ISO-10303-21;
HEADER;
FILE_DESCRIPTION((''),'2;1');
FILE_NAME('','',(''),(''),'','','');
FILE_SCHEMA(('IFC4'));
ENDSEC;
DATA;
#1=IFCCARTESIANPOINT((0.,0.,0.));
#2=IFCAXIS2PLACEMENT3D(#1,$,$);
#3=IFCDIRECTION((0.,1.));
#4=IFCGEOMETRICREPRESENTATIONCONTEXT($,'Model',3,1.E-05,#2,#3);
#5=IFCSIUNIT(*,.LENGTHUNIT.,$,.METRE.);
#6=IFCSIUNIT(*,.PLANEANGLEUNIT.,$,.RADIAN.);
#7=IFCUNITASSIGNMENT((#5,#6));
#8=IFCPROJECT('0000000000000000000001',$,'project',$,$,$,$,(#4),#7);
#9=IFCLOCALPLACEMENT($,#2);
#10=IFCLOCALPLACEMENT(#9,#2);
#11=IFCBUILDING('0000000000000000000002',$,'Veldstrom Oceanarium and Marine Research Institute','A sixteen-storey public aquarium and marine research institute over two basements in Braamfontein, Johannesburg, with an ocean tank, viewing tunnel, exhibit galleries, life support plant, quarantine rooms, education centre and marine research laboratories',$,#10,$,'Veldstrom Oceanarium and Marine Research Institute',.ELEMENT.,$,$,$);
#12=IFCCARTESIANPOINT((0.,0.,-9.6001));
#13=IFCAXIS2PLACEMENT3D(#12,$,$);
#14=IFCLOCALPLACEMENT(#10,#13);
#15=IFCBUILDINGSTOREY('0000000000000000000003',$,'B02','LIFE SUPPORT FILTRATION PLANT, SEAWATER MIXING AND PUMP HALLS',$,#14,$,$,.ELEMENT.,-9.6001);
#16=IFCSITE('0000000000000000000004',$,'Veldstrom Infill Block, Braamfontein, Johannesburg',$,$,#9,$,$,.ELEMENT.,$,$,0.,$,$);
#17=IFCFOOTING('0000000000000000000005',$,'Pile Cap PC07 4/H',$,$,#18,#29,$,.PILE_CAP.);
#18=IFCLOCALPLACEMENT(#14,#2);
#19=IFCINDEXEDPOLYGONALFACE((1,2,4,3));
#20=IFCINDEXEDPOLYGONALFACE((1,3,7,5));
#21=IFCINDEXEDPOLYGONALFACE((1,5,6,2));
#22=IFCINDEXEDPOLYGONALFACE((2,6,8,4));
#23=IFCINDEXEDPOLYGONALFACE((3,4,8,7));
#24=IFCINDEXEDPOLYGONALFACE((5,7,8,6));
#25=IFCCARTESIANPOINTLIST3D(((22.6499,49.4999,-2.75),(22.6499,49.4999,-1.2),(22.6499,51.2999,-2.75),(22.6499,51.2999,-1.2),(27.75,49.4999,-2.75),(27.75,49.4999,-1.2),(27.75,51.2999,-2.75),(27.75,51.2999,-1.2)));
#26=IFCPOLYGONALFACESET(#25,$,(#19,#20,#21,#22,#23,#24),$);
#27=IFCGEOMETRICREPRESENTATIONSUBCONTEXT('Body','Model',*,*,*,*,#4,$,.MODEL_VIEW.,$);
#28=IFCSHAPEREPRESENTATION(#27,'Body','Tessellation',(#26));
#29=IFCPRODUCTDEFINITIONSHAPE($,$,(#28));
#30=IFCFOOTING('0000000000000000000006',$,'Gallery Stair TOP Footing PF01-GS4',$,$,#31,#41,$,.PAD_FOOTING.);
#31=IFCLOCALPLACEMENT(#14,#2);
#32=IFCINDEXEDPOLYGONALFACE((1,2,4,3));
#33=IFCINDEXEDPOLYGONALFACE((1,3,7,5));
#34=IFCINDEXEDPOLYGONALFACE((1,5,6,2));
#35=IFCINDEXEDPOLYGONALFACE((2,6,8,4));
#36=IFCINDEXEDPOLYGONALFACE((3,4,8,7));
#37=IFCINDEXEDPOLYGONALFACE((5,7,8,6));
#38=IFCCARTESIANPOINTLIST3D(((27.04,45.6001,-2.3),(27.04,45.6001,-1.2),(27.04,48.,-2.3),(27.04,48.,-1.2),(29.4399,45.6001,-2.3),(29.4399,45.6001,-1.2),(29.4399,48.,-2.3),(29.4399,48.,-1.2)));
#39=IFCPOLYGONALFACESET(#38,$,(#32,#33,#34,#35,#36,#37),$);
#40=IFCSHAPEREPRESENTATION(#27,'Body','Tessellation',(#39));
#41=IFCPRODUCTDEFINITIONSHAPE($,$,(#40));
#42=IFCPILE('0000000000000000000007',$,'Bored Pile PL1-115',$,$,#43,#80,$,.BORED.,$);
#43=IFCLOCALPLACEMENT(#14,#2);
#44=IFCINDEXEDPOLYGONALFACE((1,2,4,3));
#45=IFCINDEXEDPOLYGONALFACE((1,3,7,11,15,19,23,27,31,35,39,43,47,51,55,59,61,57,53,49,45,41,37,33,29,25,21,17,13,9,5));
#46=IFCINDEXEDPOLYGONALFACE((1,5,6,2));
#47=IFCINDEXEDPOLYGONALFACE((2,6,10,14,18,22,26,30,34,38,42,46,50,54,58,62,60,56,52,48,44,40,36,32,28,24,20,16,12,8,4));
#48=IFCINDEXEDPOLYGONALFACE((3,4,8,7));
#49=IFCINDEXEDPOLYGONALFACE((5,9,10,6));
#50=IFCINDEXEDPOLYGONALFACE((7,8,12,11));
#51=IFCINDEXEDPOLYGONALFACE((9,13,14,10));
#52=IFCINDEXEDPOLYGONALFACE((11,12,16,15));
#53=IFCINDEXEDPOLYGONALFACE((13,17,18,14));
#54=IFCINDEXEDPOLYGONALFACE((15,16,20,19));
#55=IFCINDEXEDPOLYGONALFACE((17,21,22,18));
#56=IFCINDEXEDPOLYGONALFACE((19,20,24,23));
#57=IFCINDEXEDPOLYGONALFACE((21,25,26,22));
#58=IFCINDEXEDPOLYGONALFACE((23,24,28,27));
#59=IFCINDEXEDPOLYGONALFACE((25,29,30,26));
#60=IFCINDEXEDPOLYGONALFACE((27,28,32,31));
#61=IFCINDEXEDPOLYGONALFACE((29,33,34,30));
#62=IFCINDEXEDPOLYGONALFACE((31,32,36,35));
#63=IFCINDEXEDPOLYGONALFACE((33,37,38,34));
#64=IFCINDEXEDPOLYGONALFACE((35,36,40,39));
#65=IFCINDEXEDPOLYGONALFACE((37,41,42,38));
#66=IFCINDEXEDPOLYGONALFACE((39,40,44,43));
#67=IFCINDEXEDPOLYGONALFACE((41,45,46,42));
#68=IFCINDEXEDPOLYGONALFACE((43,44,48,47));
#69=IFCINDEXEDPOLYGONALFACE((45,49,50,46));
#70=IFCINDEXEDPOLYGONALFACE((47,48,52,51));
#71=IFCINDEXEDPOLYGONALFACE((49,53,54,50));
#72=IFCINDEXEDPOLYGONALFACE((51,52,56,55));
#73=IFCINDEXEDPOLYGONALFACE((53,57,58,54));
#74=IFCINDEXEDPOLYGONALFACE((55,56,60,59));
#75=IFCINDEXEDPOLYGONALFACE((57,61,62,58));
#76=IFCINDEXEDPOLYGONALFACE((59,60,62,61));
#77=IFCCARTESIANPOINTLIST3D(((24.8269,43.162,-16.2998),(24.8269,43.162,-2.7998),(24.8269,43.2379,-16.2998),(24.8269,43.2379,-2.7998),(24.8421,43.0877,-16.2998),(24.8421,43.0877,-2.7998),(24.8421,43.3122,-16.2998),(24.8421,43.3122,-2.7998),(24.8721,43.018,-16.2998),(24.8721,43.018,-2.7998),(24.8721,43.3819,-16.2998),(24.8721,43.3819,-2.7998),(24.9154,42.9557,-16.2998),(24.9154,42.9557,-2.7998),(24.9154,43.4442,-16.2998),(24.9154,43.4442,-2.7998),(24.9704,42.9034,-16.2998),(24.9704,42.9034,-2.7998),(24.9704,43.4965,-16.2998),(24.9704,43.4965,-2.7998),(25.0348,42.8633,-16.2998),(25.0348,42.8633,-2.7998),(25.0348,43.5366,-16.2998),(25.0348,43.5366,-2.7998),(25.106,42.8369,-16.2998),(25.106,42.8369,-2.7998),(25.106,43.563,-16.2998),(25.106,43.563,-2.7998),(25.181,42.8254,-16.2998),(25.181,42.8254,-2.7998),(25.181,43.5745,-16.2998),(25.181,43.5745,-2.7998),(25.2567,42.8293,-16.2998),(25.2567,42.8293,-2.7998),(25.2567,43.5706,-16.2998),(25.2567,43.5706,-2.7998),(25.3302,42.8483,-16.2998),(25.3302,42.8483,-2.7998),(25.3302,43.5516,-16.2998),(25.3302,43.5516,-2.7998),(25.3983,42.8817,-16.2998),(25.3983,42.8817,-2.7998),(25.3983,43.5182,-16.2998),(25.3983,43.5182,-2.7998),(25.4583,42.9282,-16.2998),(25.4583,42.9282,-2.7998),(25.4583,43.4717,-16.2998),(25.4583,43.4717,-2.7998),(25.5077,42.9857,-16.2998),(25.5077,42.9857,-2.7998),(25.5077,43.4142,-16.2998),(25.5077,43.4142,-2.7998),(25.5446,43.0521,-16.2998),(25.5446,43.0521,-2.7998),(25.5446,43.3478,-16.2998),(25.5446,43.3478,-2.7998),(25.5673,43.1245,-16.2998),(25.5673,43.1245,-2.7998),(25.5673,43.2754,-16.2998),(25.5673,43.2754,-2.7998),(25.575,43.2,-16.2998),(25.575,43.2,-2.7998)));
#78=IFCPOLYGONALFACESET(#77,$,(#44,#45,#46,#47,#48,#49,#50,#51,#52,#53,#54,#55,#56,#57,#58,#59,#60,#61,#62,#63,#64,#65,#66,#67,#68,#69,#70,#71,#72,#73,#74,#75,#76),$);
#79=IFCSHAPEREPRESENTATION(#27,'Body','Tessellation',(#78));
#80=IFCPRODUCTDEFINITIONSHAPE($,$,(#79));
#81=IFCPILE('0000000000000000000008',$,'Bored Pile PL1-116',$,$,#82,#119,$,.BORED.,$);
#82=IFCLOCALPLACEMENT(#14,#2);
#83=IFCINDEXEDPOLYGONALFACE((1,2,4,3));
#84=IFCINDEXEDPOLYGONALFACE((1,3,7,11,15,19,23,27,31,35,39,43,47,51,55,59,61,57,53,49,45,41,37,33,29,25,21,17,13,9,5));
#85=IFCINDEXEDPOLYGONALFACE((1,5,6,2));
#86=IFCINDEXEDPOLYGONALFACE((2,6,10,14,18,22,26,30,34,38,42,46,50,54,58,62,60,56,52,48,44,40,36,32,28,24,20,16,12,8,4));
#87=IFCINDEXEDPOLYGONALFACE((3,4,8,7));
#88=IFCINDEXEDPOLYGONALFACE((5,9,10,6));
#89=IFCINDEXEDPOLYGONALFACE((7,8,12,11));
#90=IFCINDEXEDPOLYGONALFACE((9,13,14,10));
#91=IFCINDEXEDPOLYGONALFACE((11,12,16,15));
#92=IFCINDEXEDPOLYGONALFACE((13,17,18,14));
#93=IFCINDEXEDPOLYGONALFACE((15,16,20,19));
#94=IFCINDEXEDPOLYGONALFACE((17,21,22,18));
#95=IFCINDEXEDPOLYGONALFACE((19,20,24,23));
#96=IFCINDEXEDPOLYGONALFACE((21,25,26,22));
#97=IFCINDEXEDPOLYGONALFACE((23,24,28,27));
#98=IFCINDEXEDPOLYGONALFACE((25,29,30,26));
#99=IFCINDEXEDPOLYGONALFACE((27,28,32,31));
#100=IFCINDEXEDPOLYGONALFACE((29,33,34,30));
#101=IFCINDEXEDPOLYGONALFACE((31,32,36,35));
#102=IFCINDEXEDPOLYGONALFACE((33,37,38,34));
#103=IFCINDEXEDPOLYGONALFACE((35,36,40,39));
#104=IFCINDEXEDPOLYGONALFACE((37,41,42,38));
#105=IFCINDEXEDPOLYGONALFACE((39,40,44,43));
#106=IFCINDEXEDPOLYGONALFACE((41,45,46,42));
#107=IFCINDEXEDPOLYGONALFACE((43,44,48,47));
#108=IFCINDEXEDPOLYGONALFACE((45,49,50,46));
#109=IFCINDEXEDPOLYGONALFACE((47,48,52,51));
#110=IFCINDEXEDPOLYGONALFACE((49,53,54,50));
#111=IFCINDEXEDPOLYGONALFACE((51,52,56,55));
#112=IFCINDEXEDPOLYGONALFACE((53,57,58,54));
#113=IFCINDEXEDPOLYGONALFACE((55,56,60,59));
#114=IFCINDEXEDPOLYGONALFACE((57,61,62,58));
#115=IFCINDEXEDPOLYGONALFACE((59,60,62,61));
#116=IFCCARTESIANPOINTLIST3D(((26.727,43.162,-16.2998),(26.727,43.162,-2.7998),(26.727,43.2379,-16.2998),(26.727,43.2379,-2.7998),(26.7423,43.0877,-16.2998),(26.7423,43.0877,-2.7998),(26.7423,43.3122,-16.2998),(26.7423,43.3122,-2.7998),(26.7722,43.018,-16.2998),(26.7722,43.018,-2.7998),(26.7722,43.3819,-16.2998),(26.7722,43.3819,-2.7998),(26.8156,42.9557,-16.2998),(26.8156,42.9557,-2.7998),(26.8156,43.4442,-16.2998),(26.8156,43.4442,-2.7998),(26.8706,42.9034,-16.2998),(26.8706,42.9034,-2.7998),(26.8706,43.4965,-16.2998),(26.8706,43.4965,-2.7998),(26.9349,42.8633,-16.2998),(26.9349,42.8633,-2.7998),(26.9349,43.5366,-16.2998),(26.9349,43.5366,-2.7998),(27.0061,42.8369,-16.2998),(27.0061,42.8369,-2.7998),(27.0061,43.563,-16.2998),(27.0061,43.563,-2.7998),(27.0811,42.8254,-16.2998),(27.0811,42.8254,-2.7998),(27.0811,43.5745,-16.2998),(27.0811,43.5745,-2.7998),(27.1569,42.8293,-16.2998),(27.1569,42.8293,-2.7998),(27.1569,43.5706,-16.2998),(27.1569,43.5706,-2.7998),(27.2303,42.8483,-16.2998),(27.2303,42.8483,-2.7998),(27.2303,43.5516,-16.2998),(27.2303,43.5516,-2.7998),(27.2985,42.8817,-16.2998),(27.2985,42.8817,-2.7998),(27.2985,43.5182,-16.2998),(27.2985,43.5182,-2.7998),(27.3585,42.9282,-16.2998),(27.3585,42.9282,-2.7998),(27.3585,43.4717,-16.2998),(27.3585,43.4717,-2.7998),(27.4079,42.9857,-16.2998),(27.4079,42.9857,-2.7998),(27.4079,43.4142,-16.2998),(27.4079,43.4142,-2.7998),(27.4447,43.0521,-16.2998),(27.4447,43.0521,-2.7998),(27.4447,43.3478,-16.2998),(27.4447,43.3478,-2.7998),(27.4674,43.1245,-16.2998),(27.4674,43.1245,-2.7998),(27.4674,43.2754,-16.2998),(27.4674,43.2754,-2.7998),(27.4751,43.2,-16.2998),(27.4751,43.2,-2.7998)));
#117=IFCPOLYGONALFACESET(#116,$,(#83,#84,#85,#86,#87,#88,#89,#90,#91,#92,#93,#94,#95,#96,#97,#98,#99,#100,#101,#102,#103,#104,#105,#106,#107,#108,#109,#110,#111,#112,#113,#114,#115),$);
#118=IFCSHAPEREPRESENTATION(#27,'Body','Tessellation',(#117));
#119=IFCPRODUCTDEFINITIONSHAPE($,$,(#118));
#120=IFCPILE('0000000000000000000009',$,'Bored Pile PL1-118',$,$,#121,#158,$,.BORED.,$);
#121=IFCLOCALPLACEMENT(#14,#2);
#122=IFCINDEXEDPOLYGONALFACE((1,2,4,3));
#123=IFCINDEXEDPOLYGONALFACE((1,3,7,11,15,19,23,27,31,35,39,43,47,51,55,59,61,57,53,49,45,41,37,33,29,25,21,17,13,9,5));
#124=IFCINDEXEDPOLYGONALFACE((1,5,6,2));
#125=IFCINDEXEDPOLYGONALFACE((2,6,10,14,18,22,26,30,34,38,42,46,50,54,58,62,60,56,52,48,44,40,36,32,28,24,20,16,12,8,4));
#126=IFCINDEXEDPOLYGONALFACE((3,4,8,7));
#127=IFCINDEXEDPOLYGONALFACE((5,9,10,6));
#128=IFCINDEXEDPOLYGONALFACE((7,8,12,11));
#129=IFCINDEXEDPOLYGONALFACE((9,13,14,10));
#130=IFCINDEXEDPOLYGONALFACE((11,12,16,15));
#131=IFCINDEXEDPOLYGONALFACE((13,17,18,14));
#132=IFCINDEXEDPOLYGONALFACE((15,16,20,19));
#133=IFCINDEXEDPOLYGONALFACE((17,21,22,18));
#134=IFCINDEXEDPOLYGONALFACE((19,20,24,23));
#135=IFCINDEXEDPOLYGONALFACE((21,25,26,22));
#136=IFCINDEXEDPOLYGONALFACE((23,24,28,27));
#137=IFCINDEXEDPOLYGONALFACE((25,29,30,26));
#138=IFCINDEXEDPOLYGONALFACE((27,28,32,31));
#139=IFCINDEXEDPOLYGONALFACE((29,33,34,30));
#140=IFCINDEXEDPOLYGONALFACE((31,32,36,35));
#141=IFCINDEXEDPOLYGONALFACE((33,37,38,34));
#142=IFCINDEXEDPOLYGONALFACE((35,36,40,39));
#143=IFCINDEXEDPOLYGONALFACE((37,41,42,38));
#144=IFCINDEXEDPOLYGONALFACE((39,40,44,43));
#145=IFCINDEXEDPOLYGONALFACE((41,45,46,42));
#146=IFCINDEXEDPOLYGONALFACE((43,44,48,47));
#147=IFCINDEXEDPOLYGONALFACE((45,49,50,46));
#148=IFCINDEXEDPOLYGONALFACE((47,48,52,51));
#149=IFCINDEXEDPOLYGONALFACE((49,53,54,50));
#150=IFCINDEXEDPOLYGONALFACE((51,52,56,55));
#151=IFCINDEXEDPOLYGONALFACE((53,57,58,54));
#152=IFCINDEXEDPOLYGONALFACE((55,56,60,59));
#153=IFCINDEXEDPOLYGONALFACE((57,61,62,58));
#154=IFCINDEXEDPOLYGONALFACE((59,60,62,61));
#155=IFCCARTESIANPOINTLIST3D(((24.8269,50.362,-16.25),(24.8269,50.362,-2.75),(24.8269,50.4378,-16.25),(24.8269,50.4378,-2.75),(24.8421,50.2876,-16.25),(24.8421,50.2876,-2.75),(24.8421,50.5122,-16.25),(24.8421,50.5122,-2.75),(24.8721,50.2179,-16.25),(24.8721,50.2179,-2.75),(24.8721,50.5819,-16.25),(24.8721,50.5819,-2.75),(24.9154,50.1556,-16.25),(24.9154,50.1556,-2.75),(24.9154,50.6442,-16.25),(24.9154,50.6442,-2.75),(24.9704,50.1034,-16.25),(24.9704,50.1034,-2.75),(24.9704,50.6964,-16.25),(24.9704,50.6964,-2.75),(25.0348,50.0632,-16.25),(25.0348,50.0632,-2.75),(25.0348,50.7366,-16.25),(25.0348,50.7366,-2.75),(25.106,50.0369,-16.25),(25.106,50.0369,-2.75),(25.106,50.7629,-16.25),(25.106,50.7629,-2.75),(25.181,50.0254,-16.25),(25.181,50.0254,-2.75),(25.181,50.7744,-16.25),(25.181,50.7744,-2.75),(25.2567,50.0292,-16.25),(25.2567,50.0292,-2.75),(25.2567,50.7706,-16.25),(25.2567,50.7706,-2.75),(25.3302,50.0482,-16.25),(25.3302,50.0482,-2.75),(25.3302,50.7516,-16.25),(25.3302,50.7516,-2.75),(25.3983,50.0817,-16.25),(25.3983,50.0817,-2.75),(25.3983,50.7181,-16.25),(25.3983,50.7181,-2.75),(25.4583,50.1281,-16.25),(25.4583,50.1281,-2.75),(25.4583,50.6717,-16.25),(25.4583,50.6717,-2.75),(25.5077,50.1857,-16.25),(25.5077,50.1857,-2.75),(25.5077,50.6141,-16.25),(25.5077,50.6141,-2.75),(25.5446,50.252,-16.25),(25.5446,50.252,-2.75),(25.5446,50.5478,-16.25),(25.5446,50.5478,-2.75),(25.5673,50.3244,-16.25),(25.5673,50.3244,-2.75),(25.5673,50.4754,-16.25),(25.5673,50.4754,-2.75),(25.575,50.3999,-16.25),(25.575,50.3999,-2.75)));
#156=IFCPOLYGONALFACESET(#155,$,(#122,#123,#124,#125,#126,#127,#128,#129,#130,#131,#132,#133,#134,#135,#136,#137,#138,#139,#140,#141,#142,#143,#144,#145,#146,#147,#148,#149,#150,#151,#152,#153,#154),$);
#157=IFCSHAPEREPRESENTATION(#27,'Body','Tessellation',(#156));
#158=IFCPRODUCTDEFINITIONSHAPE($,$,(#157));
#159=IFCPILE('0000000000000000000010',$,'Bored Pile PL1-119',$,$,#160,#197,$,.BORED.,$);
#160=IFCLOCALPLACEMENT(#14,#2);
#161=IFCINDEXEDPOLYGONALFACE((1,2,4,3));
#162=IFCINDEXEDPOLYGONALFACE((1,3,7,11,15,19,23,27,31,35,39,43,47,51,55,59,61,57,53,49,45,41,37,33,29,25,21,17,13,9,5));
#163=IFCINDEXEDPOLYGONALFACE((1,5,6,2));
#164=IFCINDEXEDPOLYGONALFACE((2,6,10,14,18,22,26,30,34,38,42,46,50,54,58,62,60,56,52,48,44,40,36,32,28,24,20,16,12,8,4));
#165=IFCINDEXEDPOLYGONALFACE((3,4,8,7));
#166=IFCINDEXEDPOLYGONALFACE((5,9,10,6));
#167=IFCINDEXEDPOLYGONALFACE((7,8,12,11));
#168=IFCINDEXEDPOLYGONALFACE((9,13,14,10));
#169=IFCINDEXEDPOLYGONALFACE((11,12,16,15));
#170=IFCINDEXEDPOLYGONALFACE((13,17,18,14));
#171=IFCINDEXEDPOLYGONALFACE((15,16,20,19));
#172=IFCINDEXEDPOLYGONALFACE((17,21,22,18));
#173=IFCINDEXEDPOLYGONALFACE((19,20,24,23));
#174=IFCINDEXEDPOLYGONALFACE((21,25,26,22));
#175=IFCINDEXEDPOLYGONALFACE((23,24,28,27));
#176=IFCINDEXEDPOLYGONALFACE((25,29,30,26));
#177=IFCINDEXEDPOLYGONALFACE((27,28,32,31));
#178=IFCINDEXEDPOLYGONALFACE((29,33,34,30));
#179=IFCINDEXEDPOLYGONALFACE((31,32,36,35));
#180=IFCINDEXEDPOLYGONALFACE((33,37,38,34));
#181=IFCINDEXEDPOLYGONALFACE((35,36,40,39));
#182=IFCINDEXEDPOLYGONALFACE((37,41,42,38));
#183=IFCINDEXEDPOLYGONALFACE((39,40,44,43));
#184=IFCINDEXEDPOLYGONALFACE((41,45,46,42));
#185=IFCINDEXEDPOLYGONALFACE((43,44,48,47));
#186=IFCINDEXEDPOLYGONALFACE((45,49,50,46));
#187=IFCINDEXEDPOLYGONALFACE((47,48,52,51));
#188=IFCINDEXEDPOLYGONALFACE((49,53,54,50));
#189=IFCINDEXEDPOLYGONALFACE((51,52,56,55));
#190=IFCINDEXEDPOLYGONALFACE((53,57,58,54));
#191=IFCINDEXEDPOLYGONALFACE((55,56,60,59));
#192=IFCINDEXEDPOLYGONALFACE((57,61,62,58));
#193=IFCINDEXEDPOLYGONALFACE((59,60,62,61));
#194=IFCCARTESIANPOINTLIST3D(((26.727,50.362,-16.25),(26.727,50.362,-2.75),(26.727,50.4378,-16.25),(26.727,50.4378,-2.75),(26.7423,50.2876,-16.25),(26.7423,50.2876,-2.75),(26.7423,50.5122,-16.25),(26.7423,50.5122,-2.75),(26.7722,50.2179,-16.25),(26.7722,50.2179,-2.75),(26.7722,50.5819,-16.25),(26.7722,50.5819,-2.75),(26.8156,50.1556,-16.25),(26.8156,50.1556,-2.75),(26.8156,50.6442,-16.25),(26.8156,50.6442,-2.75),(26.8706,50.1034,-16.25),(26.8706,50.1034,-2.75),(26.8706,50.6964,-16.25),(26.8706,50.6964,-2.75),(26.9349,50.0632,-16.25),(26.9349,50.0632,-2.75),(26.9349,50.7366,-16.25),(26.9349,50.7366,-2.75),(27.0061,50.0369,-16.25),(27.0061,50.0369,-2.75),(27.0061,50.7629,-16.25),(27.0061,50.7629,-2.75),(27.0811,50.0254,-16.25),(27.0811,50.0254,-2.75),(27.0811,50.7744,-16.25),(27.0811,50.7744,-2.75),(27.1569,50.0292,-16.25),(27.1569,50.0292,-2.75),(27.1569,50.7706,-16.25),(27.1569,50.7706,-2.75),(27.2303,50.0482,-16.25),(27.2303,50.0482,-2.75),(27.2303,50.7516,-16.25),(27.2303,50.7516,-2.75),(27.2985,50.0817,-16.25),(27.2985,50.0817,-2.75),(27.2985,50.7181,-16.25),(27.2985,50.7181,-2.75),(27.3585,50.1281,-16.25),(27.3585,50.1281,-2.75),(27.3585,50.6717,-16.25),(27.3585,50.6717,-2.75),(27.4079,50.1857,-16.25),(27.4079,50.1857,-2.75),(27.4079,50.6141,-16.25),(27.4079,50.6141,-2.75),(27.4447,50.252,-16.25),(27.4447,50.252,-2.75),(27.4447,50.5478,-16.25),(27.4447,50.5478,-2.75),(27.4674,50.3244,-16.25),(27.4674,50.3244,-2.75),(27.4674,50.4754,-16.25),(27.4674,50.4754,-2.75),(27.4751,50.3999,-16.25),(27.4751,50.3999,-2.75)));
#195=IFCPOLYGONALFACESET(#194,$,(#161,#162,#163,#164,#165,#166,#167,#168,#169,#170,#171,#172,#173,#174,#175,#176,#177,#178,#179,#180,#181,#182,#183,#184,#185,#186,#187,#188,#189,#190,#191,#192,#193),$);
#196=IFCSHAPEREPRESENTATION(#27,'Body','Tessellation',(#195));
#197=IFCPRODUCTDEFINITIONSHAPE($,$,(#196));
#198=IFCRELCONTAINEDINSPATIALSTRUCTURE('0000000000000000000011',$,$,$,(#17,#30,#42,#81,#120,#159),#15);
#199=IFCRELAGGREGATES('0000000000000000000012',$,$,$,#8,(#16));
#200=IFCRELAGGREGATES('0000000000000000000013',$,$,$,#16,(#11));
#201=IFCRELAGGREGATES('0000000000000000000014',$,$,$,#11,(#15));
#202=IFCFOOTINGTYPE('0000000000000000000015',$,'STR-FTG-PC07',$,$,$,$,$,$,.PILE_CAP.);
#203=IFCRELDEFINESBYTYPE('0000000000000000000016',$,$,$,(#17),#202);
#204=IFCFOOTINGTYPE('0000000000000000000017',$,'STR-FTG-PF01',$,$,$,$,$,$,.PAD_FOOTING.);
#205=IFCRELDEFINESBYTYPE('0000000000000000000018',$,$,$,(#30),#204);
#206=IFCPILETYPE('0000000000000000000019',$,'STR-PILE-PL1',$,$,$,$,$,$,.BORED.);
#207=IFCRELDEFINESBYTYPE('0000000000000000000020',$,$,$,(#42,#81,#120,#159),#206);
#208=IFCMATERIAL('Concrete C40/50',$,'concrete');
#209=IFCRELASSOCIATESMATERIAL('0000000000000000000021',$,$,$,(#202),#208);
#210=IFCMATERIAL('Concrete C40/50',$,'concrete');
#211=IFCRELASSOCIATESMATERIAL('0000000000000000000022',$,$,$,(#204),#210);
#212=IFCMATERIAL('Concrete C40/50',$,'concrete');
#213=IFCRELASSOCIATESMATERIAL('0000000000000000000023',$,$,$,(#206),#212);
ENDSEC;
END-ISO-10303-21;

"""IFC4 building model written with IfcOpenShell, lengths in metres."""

from ifc_helpers import new_model, si_unit, direction, frame, origin, origin_2d, place, context, subcontext, project, spatial, rectangle, circle, extrude, material, material_profile, profile_set, type_object, element, save


model = new_model("IFC4")

# Units and contexts
model_context = context("Model", 3, precision=1e-05, world=origin(), true_north=direction((0.0, 1.0)))
body_context = subcontext(model_context, "Body", "Model", "MODEL_VIEW")
ifc_project = project(units=[si_unit("LENGTHUNIT", "METRE"), si_unit("PLANEANGLEUNIT", "RADIAN")], contexts=[model_context])

# Site, building, storey
site_placement = place(None, origin())
site = spatial("IfcSite", under=ifc_project, at=site_placement, Name="Veldstrom Infill Block, Braamfontein, Johannesburg", CompositionType="ELEMENT", RefElevation=0.0)
building_placement = place(site_placement, origin())
building = spatial("IfcBuilding", under=site, at=building_placement, Name="Veldstrom Oceanarium and Marine Research Institute", Description="A sixteen-storey public aquarium and marine research institute over two basements in Braamfontein, Johannesburg, with an ocean tank, viewing tunnel, exhibit galleries, life support plant, quarantine rooms, education centre and marine research laboratories", LongName="Veldstrom Oceanarium and Marine Research Institute", CompositionType="ELEMENT")
storey_placement = place(building_placement, frame((0.0, 0.0, -9.6001)))
storey = spatial("IfcBuildingStorey", under=building, at=storey_placement, Name="B02", Description="LIFE SUPPORT FILTRATION PLANT, SEAWATER MIXING AND PUMP HALLS", CompositionType="ELEMENT", Elevation=-9.6001)

# Footings
ifc_material_1 = material(Name="Concrete C40/50", Category="concrete")
footing_type_1 = type_object("IfcFootingType", Name="STR-FTG-PC07", PredefinedType="PILE_CAP", material=ifc_material_1)
footing_1_placement = place(storey_placement, frame((25.2, 50.3999, -2.75), z_axis=(0.0, 0.0, 1.0), x_axis=(1.0, 0.0, 0.0)))
element("IfcFooting", 1, at=footing_1_placement, inside=storey, type_object=footing_type_1, Name="Pile Cap PC07 4/H", PredefinedType="PILE_CAP", context=body_context, shape_type="SweptSolid", body=[
    extrude(rectangle(XDim=5.1001, YDim=1.8, at=origin_2d()), origin(), (0.0, 0.0, 1.0), 1.55),
])
ifc_material_2 = material(Name="Concrete C40/50", Category="concrete")
footing_type_2 = type_object("IfcFootingType", Name="STR-FTG-PF01", PredefinedType="PAD_FOOTING", material=ifc_material_2)
footing_2_placement = place(storey_placement, frame((28.24, 46.8, -2.3), z_axis=(0.0, 0.0, 1.0), x_axis=(1.0, 0.0, 0.0)))
element("IfcFooting", 2, at=footing_2_placement, inside=storey, type_object=footing_type_2, Name="Gallery Stair TOP Footing PF01-GS4", PredefinedType="PAD_FOOTING", context=body_context, shape_type="SweptSolid", body=[
    extrude(rectangle(XDim=2.3999, YDim=2.3999, at=origin_2d()), origin(), (0.0, 0.0, 1.0), 1.1001),
])

# Piles
ifc_material_3 = material(Name="Concrete C40/50", Category="concrete")
ifc_material_profile_1 = material_profile(ifc_material_3, circle(Radius=0.375, at=origin_2d()), Name="PILE-D750")
ifc_profile_set_1 = profile_set([ifc_material_profile_1], Name="Concrete C40/50")
pile_type_1 = type_object("IfcPileType", Name="STR-PILE-PL1", PredefinedType="BORED", material=ifc_profile_set_1)
for number, where, z_axis, x_axis, name in (
    (3, (25.2, 43.2, -2.7998), (0.0, 0.0, -1.0), (1.0, 0.0, 0.0), "Bored Pile PL1-115"),
    (4, (27.1001, 43.2, -2.7998), (0.0, 0.0, -1.0), (1.0, 0.0, 0.0), "Bored Pile PL1-116"),
    (5, (25.2, 50.3999, -2.75), (0.0, 0.0, -1.0), (1.0, 0.0, 0.0), "Bored Pile PL1-118"),
    (6, (27.1001, 50.3999, -2.75), (0.0, 0.0, -1.0), (1.0, 0.0, 0.0), "Bored Pile PL1-119"),
):
    element("IfcPile", number, at=place(storey_placement, frame(where, z_axis=z_axis, x_axis=x_axis)), inside=storey, type_object=pile_type_1, Name=name, PredefinedType="BORED", context=body_context, shape_type="SweptSolid", body=[
        extrude(circle(Radius=0.375, at=origin_2d()), origin(), (0.0, 0.0, 1.0), 13.5),
    ])

save(model, "model.ifc")
